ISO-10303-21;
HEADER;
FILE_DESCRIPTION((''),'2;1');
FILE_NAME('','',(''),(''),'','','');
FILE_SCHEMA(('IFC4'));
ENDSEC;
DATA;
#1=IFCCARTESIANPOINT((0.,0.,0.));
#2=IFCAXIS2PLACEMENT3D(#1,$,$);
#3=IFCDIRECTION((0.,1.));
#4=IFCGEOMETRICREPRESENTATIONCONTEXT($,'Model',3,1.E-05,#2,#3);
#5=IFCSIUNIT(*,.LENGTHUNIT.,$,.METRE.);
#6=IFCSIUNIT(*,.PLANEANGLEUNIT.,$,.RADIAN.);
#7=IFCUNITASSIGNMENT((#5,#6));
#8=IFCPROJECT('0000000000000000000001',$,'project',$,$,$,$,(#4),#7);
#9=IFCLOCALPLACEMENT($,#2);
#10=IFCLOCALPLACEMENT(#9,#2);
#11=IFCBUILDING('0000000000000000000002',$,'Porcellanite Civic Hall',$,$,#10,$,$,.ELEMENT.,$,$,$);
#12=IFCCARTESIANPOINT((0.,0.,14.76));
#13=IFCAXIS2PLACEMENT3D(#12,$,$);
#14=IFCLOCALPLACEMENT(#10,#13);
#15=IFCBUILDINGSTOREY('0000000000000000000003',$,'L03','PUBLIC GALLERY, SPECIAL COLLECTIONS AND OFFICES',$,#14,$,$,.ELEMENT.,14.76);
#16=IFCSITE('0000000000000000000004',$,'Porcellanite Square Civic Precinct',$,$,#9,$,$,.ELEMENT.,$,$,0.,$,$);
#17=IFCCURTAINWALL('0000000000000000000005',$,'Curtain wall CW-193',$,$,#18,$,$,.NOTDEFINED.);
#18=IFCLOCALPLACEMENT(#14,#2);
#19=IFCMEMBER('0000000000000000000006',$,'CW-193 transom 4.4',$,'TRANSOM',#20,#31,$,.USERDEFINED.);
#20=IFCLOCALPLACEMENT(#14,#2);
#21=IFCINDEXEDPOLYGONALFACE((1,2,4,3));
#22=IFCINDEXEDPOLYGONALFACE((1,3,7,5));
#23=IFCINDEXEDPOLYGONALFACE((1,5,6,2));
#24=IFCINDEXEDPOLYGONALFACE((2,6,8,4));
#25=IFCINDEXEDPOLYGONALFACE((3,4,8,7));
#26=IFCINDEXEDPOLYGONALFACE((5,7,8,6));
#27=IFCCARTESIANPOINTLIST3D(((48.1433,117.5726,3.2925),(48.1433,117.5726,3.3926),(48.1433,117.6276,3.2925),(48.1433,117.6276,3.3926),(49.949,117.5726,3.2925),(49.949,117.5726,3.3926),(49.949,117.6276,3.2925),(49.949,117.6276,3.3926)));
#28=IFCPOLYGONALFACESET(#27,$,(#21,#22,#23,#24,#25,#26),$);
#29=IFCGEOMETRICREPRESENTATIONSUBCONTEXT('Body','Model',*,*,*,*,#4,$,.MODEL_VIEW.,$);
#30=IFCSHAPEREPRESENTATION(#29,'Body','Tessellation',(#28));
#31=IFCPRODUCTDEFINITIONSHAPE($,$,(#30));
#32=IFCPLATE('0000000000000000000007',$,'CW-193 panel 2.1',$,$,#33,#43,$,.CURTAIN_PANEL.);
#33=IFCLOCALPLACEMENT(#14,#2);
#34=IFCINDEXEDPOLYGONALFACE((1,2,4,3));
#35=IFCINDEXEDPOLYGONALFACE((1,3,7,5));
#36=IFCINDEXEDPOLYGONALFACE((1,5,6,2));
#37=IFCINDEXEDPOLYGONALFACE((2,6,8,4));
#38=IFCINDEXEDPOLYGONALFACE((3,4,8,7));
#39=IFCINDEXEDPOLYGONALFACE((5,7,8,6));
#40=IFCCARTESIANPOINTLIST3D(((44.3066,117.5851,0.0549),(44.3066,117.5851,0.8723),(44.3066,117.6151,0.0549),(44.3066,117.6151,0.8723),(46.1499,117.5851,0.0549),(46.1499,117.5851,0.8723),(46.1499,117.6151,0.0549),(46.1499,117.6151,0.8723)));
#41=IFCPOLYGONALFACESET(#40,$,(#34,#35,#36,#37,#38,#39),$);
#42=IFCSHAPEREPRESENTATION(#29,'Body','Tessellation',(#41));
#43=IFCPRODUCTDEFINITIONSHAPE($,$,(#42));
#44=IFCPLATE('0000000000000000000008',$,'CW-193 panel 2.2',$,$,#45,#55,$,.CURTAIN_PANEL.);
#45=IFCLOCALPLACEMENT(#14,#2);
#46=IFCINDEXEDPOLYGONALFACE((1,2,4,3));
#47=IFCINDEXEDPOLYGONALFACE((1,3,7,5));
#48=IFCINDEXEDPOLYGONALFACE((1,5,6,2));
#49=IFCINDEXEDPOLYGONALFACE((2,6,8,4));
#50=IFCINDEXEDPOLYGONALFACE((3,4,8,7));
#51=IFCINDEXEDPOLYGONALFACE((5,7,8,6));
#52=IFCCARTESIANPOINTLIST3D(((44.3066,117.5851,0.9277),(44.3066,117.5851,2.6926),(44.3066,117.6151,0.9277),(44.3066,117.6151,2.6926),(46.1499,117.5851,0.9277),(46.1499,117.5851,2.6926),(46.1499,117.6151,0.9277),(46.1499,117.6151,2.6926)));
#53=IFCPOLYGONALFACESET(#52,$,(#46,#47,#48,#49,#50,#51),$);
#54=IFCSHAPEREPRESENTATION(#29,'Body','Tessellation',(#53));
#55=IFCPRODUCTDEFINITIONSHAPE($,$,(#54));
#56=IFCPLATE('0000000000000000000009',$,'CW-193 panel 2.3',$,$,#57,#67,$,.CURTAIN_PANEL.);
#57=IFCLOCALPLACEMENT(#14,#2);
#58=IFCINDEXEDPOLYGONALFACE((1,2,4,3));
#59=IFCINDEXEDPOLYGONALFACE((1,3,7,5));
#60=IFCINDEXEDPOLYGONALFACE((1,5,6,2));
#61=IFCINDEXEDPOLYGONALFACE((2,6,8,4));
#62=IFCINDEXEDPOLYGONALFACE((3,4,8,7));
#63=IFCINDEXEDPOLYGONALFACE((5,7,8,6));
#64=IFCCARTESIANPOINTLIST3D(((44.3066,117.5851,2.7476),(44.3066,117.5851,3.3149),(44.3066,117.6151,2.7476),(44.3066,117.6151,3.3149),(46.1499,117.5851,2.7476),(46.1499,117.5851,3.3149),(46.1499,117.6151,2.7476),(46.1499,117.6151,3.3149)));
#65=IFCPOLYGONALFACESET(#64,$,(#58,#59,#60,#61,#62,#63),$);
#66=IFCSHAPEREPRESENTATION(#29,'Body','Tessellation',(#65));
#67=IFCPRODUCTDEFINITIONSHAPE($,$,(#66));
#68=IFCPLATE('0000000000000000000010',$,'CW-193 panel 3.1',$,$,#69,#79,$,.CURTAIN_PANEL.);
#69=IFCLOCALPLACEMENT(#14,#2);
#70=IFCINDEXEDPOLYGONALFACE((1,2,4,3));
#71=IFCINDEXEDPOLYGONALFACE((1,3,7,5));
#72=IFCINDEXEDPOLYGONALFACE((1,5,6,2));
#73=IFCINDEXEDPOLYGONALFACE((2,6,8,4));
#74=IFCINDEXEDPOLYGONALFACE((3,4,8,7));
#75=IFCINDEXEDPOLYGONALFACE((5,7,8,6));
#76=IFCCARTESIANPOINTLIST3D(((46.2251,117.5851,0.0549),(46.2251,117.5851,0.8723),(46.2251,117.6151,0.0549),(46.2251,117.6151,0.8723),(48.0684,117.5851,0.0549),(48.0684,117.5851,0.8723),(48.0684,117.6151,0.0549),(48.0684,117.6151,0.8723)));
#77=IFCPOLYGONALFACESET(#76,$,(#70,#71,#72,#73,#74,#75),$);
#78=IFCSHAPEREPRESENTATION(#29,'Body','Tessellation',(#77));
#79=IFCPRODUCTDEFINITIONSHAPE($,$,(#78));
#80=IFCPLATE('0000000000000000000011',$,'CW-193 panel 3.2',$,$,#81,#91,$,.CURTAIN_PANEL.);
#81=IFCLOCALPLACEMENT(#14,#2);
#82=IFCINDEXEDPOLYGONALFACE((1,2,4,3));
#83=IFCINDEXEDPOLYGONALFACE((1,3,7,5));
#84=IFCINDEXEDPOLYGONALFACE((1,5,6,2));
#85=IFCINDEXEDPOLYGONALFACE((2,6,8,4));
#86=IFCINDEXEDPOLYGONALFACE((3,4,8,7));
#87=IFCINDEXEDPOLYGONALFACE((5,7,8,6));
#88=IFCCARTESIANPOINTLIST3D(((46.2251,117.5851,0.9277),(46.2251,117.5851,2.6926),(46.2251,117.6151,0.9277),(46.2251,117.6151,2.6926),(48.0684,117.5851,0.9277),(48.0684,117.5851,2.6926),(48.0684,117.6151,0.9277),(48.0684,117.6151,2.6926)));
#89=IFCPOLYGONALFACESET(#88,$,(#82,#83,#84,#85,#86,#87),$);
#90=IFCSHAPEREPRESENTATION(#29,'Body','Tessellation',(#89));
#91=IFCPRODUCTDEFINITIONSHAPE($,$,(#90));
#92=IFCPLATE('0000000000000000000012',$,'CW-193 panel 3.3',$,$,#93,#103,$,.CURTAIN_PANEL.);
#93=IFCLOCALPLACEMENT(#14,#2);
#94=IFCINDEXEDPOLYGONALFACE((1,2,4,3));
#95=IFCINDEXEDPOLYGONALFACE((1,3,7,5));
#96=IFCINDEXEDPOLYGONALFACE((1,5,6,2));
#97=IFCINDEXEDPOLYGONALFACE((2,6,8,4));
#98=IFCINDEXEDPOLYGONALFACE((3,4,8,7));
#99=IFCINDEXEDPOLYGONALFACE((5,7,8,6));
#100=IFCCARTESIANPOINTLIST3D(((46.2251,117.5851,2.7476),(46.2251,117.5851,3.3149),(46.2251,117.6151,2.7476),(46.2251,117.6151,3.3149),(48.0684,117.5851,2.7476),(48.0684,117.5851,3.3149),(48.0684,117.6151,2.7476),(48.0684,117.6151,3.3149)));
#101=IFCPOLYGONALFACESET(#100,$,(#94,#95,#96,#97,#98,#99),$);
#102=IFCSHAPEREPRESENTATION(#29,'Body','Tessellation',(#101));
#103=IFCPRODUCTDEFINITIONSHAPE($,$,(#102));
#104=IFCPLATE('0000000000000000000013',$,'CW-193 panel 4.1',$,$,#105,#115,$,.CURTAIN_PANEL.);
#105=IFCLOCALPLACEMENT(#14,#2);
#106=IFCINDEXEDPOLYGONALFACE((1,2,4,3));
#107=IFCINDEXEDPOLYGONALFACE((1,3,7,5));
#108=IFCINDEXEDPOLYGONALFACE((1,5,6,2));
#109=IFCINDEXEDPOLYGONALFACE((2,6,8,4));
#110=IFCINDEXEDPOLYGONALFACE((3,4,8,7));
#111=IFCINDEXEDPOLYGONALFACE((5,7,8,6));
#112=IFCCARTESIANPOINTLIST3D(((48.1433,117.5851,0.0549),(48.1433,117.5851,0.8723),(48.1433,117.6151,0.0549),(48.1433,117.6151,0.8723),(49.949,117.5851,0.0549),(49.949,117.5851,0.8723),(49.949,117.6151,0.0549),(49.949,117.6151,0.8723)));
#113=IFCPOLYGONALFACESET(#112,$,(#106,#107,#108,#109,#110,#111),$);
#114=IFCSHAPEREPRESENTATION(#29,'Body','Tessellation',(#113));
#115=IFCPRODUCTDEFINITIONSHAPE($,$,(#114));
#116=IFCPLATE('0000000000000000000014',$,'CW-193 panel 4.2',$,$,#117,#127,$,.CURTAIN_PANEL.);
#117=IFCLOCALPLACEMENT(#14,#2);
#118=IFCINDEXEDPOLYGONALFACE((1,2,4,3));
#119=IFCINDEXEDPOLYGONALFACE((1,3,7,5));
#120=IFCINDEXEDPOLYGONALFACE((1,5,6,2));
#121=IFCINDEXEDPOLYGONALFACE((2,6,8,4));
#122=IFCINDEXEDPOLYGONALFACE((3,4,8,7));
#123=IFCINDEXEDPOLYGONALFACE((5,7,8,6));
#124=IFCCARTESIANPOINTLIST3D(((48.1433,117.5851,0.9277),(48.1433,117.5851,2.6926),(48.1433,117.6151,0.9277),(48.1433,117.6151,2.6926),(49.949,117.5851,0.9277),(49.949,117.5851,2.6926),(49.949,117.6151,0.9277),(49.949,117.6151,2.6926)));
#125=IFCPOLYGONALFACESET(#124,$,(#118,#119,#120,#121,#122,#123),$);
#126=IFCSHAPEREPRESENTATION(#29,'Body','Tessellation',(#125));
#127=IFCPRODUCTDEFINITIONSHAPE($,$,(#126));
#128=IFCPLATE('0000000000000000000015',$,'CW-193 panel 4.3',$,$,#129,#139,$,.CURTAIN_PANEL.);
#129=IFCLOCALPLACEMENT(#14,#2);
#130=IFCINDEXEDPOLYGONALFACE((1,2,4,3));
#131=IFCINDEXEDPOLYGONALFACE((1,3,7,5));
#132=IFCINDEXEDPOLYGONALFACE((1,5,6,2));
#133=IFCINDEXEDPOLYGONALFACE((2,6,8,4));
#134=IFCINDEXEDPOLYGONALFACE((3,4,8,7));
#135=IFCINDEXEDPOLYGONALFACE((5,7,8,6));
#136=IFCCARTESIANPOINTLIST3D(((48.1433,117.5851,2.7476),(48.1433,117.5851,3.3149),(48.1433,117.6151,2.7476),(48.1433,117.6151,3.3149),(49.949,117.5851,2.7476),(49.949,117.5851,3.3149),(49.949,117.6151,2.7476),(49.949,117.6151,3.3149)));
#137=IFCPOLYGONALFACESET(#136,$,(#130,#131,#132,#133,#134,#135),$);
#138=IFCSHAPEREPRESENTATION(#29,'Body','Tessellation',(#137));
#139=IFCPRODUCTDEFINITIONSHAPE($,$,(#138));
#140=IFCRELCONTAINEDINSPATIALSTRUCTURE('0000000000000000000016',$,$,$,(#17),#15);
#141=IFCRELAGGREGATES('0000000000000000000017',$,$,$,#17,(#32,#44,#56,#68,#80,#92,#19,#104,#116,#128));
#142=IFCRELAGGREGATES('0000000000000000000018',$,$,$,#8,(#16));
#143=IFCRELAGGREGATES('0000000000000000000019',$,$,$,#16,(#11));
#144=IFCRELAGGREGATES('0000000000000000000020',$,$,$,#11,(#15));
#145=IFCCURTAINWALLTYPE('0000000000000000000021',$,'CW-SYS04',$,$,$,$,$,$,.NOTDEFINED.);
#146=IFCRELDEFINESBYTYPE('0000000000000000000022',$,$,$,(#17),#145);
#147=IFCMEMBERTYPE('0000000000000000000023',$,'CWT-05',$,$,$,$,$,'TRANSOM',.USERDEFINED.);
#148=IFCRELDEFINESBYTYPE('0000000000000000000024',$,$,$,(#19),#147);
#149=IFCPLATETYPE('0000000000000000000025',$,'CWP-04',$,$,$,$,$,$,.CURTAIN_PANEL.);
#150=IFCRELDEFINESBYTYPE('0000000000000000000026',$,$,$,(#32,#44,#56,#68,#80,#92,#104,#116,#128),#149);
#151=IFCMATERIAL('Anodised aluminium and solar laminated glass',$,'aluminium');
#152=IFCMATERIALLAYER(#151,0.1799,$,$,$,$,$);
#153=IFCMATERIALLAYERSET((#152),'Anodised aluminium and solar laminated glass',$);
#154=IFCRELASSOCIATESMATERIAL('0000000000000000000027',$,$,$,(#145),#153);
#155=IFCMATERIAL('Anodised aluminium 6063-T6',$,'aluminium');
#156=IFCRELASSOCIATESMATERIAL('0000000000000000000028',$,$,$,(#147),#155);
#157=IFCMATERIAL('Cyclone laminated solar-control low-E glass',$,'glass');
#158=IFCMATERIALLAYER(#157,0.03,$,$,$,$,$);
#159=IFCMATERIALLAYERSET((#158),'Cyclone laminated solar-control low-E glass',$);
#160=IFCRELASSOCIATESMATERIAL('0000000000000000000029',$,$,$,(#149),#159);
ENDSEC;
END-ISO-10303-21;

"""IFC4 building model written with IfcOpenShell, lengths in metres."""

from ifc_helpers import new_model, si_unit, direction, frame, origin, origin_2d, place, context, subcontext, project, spatial, rectangle, extrude, material, layer, layer_set, material_profile, profile_set, type_object, element, aggregate, save


model = new_model("IFC4")

# Units and contexts
model_context = context("Model", 3, precision=1e-05, world=origin(), true_north=direction((0.0, 1.0)))
body_context = subcontext(model_context, "Body", "Model", "MODEL_VIEW")
ifc_project = project(units=[si_unit("LENGTHUNIT", "METRE"), si_unit("PLANEANGLEUNIT", "RADIAN")], contexts=[model_context])

# Site, building, storey
site_placement = place(None, origin())
site = spatial("IfcSite", under=ifc_project, at=site_placement, Name="Porcellanite Square Civic Precinct", CompositionType="ELEMENT", RefElevation=0.0)
building_placement = place(site_placement, origin())
building = spatial("IfcBuilding", under=site, at=building_placement, Name="Porcellanite Civic Hall", CompositionType="ELEMENT")
storey_placement = place(building_placement, frame((0.0, 0.0, 14.76)))
storey = spatial("IfcBuildingStorey", under=building, at=storey_placement, Name="L03", Description="PUBLIC GALLERY, SPECIAL COLLECTIONS AND OFFICES", CompositionType="ELEMENT", Elevation=14.76)

# Curtain wall, member, plates
ifc_material_1 = material(Name="Anodised aluminium and solar laminated glass", Category="aluminium")
ifc_layer_1 = layer(ifc_material_1, 0.1799)
ifc_layer_set_1 = layer_set([ifc_layer_1], Name="Anodised aluminium and solar laminated glass")
curtain_wall_type = type_object("IfcCurtainWallType", Name="CW-SYS04", PredefinedType="NOTDEFINED", material=ifc_layer_set_1)
curtain_wall_placement = place(storey_placement, origin())
curtain_wall = element("IfcCurtainWall", 1, at=curtain_wall_placement, inside=storey, type_object=curtain_wall_type, Name="Curtain wall CW-193", PredefinedType="NOTDEFINED")
ifc_material_2 = material(Name="Anodised aluminium 6063-T6", Category="aluminium")
ifc_material_profile_1 = material_profile(ifc_material_2, rectangle(XDim=0.0549, YDim=0.1001, at=origin_2d()), Name="AL-55x100")
ifc_profile_set_1 = profile_set([ifc_material_profile_1], Name="Anodised aluminium 6063-T6")
member_type_1 = type_object("IfcMemberType", Name="CWT-05", ElementType="TRANSOM", PredefinedType="USERDEFINED", material=ifc_profile_set_1)
member_1_placement = place(storey_placement, frame((48.1433, 117.6001, 3.3425), z_axis=(1.0, 0.0, 0.0), x_axis=(0.0, 1.0, 0.0)))
member_1 = element("IfcMember", 2, at=member_1_placement, type_object=member_type_1, Name="CW-193 transom 4.4", ObjectType="TRANSOM", PredefinedType="USERDEFINED", context=body_context, shape_type="SweptSolid", body=[
    extrude(rectangle(XDim=0.0549, YDim=0.1001, at=origin_2d()), origin(), (0.0, 0.0, 1.0), 1.8057),
])
ifc_material_3 = material(Name="Cyclone laminated solar-control low-E glass", Category="glass")
ifc_layer_2 = layer(ifc_material_3, 0.03)
ifc_layer_set_2 = layer_set([ifc_layer_2], Name="Cyclone laminated solar-control low-E glass")
plate_type = type_object("IfcPlateType", Name="CWP-04", PredefinedType="CURTAIN_PANEL", material=ifc_layer_set_2)
plate_1_placement = place(storey_placement, frame((45.2283, 117.6001, 0.0549), z_axis=(0.0, 0.0, 1.0), x_axis=(1.0, 0.0, 0.0)))
plate_1 = element("IfcPlate", 3, at=plate_1_placement, type_object=plate_type, Name="CW-193 panel 2.1", PredefinedType="CURTAIN_PANEL", context=body_context, shape_type="SweptSolid", body=[
    extrude(rectangle(XDim=1.8433, YDim=0.03, at=origin_2d()), origin(), (0.0, 0.0, 1.0), 0.8174),
])
plate_2_placement = place(storey_placement, frame((45.2283, 117.6001, 0.9277), z_axis=(0.0, 0.0, 1.0), x_axis=(1.0, 0.0, 0.0)))
plate_2 = element("IfcPlate", 4, at=plate_2_placement, type_object=plate_type, Name="CW-193 panel 2.2", PredefinedType="CURTAIN_PANEL", context=body_context, shape_type="SweptSolid", body=[
    extrude(rectangle(XDim=1.8433, YDim=0.03, at=origin_2d()), origin(), (0.0, 0.0, 1.0), 1.7649),
])
plate_3_placement = place(storey_placement, frame((45.2283, 117.6001, 2.7476), z_axis=(0.0, 0.0, 1.0), x_axis=(1.0, 0.0, 0.0)))
plate_3 = element("IfcPlate", 5, at=plate_3_placement, type_object=plate_type, Name="CW-193 panel 2.3", PredefinedType="CURTAIN_PANEL", context=body_context, shape_type="SweptSolid", body=[
    extrude(rectangle(XDim=1.8433, YDim=0.03, at=origin_2d()), origin(), (0.0, 0.0, 1.0), 0.5674),
])
plate_4_placement = place(storey_placement, frame((47.1467, 117.6001, 0.0549), z_axis=(0.0, 0.0, 1.0), x_axis=(1.0, 0.0, 0.0)))
plate_4 = element("IfcPlate", 6, at=plate_4_placement, type_object=plate_type, Name="CW-193 panel 3.1", PredefinedType="CURTAIN_PANEL", context=body_context, shape_type="SweptSolid", body=[
    extrude(rectangle(XDim=1.8433, YDim=0.03, at=origin_2d()), origin(), (0.0, 0.0, 1.0), 0.8174),
])
plate_5_placement = place(storey_placement, frame((47.1467, 117.6001, 0.9277), z_axis=(0.0, 0.0, 1.0), x_axis=(1.0, 0.0, 0.0)))
plate_5 = element("IfcPlate", 7, at=plate_5_placement, type_object=plate_type, Name="CW-193 panel 3.2", PredefinedType="CURTAIN_PANEL", context=body_context, shape_type="SweptSolid", body=[
    extrude(rectangle(XDim=1.8433, YDim=0.03, at=origin_2d()), origin(), (0.0, 0.0, 1.0), 1.7649),
])
plate_6_placement = place(storey_placement, frame((47.1467, 117.6001, 2.7476), z_axis=(0.0, 0.0, 1.0), x_axis=(1.0, 0.0, 0.0)))
plate_6 = element("IfcPlate", 8, at=plate_6_placement, type_object=plate_type, Name="CW-193 panel 3.3", PredefinedType="CURTAIN_PANEL", context=body_context, shape_type="SweptSolid", body=[
    extrude(rectangle(XDim=1.8433, YDim=0.03, at=origin_2d()), origin(), (0.0, 0.0, 1.0), 0.5674),
])
plate_7_placement = place(storey_placement, frame((49.0461, 117.6001, 0.0549), z_axis=(0.0, 0.0, 1.0), x_axis=(1.0, 0.0, 0.0)))
plate_7 = element("IfcPlate", 9, at=plate_7_placement, type_object=plate_type, Name="CW-193 panel 4.1", PredefinedType="CURTAIN_PANEL", context=body_context, shape_type="SweptSolid", body=[
    extrude(rectangle(XDim=1.8057, YDim=0.03, at=origin_2d()), origin(), (0.0, 0.0, 1.0), 0.8174),
])
plate_8_placement = place(storey_placement, frame((49.0461, 117.6001, 0.9277), z_axis=(0.0, 0.0, 1.0), x_axis=(1.0, 0.0, 0.0)))
plate_8 = element("IfcPlate", 10, at=plate_8_placement, type_object=plate_type, Name="CW-193 panel 4.2", PredefinedType="CURTAIN_PANEL", context=body_context, shape_type="SweptSolid", body=[
    extrude(rectangle(XDim=1.8057, YDim=0.03, at=origin_2d()), origin(), (0.0, 0.0, 1.0), 1.7649),
])
plate_9_placement = place(storey_placement, frame((49.0461, 117.6001, 2.7476), z_axis=(0.0, 0.0, 1.0), x_axis=(1.0, 0.0, 0.0)))
plate_9 = element("IfcPlate", 11, at=plate_9_placement, type_object=plate_type, Name="CW-193 panel 4.3", PredefinedType="CURTAIN_PANEL", context=body_context, shape_type="SweptSolid", body=[
    extrude(rectangle(XDim=1.8057, YDim=0.03, at=origin_2d()), origin(), (0.0, 0.0, 1.0), 0.5674),
])
aggregate(curtain_wall, [plate_1, plate_2, plate_3, plate_4, plate_5, plate_6, member_1, plate_7, plate_8, plate_9])

save(model, "model.ifc")
